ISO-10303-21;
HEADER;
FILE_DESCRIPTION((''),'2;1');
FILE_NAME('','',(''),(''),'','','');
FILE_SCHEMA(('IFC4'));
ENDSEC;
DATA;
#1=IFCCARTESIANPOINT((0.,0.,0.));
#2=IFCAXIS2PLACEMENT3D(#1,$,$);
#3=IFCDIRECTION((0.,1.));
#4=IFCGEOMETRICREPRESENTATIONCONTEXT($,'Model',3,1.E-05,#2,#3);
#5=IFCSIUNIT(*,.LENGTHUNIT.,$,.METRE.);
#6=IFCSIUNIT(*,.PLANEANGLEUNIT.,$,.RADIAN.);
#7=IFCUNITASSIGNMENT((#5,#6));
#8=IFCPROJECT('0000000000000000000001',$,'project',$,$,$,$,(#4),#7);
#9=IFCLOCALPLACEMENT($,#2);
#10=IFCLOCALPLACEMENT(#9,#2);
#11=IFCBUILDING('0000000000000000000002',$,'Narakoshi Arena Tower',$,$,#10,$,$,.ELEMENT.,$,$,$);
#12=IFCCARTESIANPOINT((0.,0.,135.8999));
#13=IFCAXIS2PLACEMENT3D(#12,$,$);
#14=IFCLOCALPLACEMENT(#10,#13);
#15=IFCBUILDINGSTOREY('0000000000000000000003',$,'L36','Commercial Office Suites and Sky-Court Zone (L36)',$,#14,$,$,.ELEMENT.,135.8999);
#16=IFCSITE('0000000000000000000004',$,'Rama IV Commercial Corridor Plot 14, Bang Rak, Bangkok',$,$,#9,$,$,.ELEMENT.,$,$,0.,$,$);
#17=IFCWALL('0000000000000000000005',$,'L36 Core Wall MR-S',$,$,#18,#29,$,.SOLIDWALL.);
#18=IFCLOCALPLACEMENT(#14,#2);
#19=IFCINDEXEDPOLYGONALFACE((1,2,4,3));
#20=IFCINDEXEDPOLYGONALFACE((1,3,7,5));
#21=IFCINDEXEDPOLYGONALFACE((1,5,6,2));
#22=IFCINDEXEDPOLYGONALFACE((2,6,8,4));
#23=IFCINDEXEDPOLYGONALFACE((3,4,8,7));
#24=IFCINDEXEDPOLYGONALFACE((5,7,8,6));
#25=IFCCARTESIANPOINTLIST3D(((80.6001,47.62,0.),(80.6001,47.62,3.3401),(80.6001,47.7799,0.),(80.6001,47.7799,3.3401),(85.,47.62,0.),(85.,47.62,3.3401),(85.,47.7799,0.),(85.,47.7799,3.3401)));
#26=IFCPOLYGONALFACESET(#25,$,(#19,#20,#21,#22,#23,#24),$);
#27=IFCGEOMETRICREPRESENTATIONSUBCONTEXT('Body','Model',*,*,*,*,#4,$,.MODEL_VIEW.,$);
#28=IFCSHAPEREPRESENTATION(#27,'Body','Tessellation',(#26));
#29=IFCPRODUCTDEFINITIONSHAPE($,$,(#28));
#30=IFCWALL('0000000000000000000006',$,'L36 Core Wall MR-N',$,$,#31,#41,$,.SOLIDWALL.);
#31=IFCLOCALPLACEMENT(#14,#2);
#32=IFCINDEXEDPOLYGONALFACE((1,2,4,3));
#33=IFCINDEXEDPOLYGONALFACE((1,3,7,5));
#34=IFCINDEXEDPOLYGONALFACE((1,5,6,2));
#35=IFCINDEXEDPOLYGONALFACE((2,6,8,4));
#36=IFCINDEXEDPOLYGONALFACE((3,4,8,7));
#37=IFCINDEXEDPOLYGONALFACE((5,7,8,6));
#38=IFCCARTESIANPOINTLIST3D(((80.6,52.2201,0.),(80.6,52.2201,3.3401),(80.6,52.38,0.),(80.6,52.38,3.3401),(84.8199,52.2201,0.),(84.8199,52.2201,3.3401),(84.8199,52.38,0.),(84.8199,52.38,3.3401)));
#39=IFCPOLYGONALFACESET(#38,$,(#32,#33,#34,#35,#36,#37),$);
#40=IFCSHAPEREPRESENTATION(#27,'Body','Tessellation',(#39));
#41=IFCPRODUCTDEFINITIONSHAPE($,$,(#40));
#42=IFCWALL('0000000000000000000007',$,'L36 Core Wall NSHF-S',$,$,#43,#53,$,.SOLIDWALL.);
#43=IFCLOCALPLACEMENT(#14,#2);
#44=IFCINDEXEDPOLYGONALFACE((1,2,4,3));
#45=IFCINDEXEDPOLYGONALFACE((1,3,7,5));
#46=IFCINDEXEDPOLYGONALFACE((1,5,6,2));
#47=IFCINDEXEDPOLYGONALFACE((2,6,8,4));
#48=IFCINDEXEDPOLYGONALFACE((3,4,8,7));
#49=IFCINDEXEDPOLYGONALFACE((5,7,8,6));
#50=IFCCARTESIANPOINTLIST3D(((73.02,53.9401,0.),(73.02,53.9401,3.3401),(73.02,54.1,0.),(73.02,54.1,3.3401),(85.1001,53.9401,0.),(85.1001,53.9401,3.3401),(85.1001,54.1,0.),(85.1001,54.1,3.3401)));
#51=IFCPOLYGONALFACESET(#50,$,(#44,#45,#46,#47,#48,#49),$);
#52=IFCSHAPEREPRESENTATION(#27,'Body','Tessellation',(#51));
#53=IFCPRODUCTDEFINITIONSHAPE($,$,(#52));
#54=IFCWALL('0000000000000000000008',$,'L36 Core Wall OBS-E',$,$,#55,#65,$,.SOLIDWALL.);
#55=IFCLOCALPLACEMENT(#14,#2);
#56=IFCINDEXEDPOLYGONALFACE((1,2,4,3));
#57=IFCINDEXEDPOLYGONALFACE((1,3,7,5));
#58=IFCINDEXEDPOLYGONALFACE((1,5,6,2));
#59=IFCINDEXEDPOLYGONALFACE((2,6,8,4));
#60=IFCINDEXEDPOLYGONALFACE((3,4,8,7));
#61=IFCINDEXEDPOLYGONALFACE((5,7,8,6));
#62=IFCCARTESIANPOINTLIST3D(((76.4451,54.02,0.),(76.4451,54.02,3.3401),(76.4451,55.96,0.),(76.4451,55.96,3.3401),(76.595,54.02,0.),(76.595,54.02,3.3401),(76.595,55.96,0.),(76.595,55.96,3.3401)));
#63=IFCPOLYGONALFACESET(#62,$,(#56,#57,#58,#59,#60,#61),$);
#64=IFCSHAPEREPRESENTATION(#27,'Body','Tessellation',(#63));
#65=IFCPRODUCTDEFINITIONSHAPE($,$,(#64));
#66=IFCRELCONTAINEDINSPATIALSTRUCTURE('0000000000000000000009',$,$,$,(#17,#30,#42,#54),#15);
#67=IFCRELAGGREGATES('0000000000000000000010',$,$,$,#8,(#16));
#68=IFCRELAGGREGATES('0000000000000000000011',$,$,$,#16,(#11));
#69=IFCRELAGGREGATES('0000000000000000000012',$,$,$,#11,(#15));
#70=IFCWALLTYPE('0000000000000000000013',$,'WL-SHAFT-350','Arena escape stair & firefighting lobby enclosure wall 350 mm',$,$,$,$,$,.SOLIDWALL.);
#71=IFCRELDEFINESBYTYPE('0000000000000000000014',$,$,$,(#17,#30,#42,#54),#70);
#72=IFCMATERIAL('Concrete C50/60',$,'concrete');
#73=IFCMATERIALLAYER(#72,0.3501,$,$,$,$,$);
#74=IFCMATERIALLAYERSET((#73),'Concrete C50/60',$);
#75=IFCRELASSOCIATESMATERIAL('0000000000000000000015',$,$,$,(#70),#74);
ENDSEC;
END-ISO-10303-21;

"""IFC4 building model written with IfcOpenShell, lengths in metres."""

from ifc_helpers import new_model, si_unit, direction, frame, frame_2d, origin, place, context, subcontext, project, spatial, rectangle, extrude, material, layer, layer_set, type_object, element, save


model = new_model("IFC4")

# Units and contexts
model_context = context("Model", 3, precision=1e-05, world=origin(), true_north=direction((0.0, 1.0)))
body_context = subcontext(model_context, "Body", "Model", "MODEL_VIEW")
ifc_project = project(units=[si_unit("LENGTHUNIT", "METRE"), si_unit("PLANEANGLEUNIT", "RADIAN")], contexts=[model_context])

# Site, building, storey
site_placement = place(None, origin())
site = spatial("IfcSite", under=ifc_project, at=site_placement, Name="Rama IV Commercial Corridor Plot 14, Bang Rak, Bangkok", CompositionType="ELEMENT", RefElevation=0.0)
building_placement = place(site_placement, origin())
building = spatial("IfcBuilding", under=site, at=building_placement, Name="Narakoshi Arena Tower", CompositionType="ELEMENT")
storey_placement = place(building_placement, frame((0.0, 0.0, 135.8999)))
storey = spatial("IfcBuildingStorey", under=building, at=storey_placement, Name="L36", Description="Commercial Office Suites and Sky-Court Zone (L36)", CompositionType="ELEMENT", Elevation=135.8999)

# Shared definitions
ifc_material_1 = material(Name="Concrete C50/60", Category="concrete")
ifc_layer_1 = layer(ifc_material_1, 0.3501)
ifc_layer_set_1 = layer_set([ifc_layer_1], Name="Concrete C50/60")
wall_type_1 = type_object("IfcWallType", Name="WL-SHAFT-350", Description="Arena escape stair & firefighting lobby enclosure wall 350 mm", PredefinedType="SOLIDWALL", material=ifc_layer_set_1)

# Walls
wall_1_placement = place(storey_placement, frame((80.6001, 47.7, 0.0), z_axis=(0.0, 0.0, 1.0), x_axis=(1.0, 0.0, 0.0)))
element("IfcWall", 1, at=wall_1_placement, inside=storey, type_object=wall_type_1, Name="L36 Core Wall MR-S", PredefinedType="SOLIDWALL", context=body_context, shape_type="SweptSolid", body=[
    extrude(rectangle(XDim=4.3999, YDim=0.1599, at=frame_2d((2.2, 0.0))), origin(), (0.0, 0.0, 1.0), 3.3401),
])
wall_2_placement = place(storey_placement, frame((80.6001, 52.3, 0.0), z_axis=(0.0, 0.0, 1.0), x_axis=(1.0, 0.0, 0.0)))
element("IfcWall", 2, at=wall_2_placement, inside=storey, type_object=wall_type_1, Name="L36 Core Wall MR-N", PredefinedType="SOLIDWALL", context=body_context, shape_type="SweptSolid", body=[
    extrude(rectangle(XDim=4.22, YDim=0.1599, at=frame_2d((2.1099, 0.0))), origin(), (0.0, 0.0, 1.0), 3.3401),
])
wall_3_placement = place(storey_placement, frame((73.02, 54.02, 0.0), z_axis=(0.0, 0.0, 1.0), x_axis=(1.0, 0.0, 0.0)))
element("IfcWall", 3, at=wall_3_placement, inside=storey, type_object=wall_type_1, Name="L36 Core Wall NSHF-S", PredefinedType="SOLIDWALL", context=body_context, shape_type="SweptSolid", body=[
    extrude(rectangle(XDim=12.0801, YDim=0.1599, at=frame_2d((6.04, 0.0))), origin(), (0.0, 0.0, 1.0), 3.3401),
])
wall_4_placement = place(storey_placement, frame((76.52, 54.02, 0.0), z_axis=(0.0, 0.0, 1.0), x_axis=(0.0, 1.0, 0.0)))
element("IfcWall", 4, at=wall_4_placement, inside=storey, type_object=wall_type_1, Name="L36 Core Wall OBS-E", PredefinedType="SOLIDWALL", context=body_context, shape_type="SweptSolid", body=[
    extrude(rectangle(XDim=1.9399, YDim=0.1499, at=frame_2d((0.97, 0.0))), origin(), (0.0, 0.0, 1.0), 3.3401),
])

save(model, "model.ifc")
